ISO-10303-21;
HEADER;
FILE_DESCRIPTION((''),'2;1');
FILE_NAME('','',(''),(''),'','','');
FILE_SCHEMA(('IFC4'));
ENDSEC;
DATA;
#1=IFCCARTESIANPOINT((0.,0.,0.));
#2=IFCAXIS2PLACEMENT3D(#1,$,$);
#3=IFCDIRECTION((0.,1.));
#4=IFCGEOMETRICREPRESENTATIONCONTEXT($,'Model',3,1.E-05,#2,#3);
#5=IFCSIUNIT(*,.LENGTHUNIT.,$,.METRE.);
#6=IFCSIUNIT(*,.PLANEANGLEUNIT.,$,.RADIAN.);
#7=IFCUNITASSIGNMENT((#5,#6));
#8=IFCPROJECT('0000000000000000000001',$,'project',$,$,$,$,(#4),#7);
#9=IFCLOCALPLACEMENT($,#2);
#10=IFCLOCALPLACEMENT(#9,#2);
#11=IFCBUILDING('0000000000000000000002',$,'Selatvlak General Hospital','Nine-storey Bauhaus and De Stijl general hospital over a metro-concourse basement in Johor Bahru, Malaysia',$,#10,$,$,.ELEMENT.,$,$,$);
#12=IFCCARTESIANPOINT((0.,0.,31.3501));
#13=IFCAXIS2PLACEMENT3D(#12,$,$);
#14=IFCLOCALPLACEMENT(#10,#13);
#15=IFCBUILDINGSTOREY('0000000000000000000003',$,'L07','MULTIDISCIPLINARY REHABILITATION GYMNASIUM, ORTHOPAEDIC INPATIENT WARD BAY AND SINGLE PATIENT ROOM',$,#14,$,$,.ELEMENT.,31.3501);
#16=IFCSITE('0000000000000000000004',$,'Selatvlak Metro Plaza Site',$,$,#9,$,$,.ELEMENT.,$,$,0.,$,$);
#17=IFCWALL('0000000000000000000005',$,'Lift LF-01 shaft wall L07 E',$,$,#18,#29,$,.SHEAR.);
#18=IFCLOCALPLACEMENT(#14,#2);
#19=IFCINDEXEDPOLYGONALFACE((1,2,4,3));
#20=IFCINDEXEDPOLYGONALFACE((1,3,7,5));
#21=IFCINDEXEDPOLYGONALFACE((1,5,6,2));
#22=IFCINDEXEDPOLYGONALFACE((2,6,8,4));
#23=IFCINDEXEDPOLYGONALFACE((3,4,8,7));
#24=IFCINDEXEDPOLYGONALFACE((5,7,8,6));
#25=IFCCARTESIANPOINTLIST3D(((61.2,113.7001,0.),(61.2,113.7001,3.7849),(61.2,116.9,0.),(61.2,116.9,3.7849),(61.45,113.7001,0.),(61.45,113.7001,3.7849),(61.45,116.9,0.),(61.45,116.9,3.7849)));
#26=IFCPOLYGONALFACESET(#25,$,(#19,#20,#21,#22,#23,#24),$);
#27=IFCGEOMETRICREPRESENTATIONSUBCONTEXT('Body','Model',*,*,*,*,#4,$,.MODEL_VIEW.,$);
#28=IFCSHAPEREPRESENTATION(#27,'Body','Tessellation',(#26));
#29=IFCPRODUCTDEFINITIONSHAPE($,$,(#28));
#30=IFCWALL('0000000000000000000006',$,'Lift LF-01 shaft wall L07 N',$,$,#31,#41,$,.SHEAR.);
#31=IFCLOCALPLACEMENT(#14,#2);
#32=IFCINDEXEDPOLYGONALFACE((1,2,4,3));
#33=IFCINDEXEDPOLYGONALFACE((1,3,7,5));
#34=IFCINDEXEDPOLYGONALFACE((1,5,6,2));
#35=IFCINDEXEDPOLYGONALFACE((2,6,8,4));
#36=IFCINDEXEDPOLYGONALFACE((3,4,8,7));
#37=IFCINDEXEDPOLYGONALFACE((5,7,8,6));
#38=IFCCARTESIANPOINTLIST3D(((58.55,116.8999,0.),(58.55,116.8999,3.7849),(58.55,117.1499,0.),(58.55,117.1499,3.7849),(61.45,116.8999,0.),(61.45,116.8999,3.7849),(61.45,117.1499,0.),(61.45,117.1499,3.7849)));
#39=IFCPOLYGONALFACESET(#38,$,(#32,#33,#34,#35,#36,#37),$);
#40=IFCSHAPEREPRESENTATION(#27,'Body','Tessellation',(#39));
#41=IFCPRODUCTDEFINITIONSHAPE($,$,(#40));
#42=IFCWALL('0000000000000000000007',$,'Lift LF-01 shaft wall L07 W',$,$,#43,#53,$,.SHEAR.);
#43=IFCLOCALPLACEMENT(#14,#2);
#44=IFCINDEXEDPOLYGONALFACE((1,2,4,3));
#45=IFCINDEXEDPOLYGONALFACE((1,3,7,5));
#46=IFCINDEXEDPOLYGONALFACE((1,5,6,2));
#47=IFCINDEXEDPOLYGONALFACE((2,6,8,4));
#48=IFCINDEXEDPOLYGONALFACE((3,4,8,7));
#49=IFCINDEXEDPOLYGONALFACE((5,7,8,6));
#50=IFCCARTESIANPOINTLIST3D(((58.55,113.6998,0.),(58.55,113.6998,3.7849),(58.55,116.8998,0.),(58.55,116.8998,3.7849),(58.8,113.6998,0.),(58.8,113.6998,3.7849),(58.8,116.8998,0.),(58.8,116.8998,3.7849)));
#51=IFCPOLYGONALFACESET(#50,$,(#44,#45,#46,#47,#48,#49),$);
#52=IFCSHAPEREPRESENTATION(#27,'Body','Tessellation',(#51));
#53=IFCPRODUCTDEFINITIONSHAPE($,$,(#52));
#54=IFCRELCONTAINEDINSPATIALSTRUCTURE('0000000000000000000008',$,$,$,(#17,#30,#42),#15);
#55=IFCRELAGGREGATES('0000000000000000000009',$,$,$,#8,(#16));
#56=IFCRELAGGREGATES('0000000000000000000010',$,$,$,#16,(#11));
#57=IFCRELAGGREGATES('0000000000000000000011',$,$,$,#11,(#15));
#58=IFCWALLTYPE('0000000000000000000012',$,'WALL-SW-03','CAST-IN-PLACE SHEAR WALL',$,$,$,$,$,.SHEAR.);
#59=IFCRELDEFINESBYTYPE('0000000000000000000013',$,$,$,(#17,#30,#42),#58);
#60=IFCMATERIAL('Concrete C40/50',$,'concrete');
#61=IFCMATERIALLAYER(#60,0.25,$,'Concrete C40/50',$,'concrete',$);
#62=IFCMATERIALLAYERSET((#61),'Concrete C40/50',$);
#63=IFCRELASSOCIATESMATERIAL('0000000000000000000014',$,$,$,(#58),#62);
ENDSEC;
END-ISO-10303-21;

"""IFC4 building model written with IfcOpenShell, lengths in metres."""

from ifc_helpers import new_model, si_unit, direction, frame, frame_2d, origin, place, context, subcontext, project, spatial, rectangle, extrude, material, layer, layer_set, type_object, element, save


model = new_model("IFC4")

# Units and contexts
model_context = context("Model", 3, precision=1e-05, world=origin(), true_north=direction((0.0, 1.0)))
body_context = subcontext(model_context, "Body", "Model", "MODEL_VIEW")
ifc_project = project(units=[si_unit("LENGTHUNIT", "METRE"), si_unit("PLANEANGLEUNIT", "RADIAN")], contexts=[model_context])

# Site, building, storey
site_placement = place(None, origin())
site = spatial("IfcSite", under=ifc_project, at=site_placement, Name="Selatvlak Metro Plaza Site", CompositionType="ELEMENT", RefElevation=0.0)
building_placement = place(site_placement, origin())
building = spatial("IfcBuilding", under=site, at=building_placement, Name="Selatvlak General Hospital", Description="Nine-storey Bauhaus and De Stijl general hospital over a metro-concourse basement in Johor Bahru, Malaysia", CompositionType="ELEMENT")
storey_placement = place(building_placement, frame((0.0, 0.0, 31.3501)))
storey = spatial("IfcBuildingStorey", under=building, at=storey_placement, Name="L07", Description="MULTIDISCIPLINARY REHABILITATION GYMNASIUM, ORTHOPAEDIC INPATIENT WARD BAY AND SINGLE PATIENT ROOM", CompositionType="ELEMENT", Elevation=31.3501)

# Shared definitions
ifc_material_1 = material(Name="Concrete C40/50", Category="concrete")

# Shared definitions
ifc_layer_1 = layer(ifc_material_1, 0.25, Name="Concrete C40/50", Category="concrete")
ifc_layer_set_1 = layer_set([ifc_layer_1], Name="Concrete C40/50")
wall_type_1 = type_object("IfcWallType", Name="WALL-SW-03", Description="CAST-IN-PLACE SHEAR WALL", PredefinedType="SHEAR", material=ifc_layer_set_1)

# Walls
wall_1_placement = place(storey_placement, frame((61.325, 113.7, 0.0), z_axis=(0.0, 0.0, 1.0), x_axis=(0.0, 1.0, 0.0)))
element("IfcWall", 1, at=wall_1_placement, inside=storey, type_object=wall_type_1, Name="Lift LF-01 shaft wall L07 E", PredefinedType="SHEAR", context=body_context, shape_type="SweptSolid", body=[
    extrude(rectangle(XDim=3.2, YDim=0.25, at=frame_2d((1.6001, 0.0))), origin(), (0.0, 0.0, 1.0), 3.7849),
])
wall_2_placement = place(storey_placement, frame((61.45, 117.0249, 0.0), z_axis=(0.0, 0.0, 1.0), x_axis=(-1.0, 0.0, 0.0)))
element("IfcWall", 2, at=wall_2_placement, inside=storey, type_object=wall_type_1, Name="Lift LF-01 shaft wall L07 N", PredefinedType="SHEAR", context=body_context, shape_type="SweptSolid", body=[
    extrude(rectangle(XDim=2.8999, YDim=0.25, at=frame_2d((1.45, 0.0))), origin(), (0.0, 0.0, 1.0), 3.7849),
])
wall_3_placement = place(storey_placement, frame((58.675, 116.8999, 0.0), z_axis=(0.0, 0.0, 1.0), x_axis=(0.0, -1.0, 0.0)))
element("IfcWall", 3, at=wall_3_placement, inside=storey, type_object=wall_type_1, Name="Lift LF-01 shaft wall L07 W", PredefinedType="SHEAR", context=body_context, shape_type="SweptSolid", body=[
    extrude(rectangle(XDim=3.2, YDim=0.25, at=frame_2d((1.6001, 0.0))), origin(), (0.0, 0.0, 1.0), 3.7849),
])

save(model, "model.ifc")
